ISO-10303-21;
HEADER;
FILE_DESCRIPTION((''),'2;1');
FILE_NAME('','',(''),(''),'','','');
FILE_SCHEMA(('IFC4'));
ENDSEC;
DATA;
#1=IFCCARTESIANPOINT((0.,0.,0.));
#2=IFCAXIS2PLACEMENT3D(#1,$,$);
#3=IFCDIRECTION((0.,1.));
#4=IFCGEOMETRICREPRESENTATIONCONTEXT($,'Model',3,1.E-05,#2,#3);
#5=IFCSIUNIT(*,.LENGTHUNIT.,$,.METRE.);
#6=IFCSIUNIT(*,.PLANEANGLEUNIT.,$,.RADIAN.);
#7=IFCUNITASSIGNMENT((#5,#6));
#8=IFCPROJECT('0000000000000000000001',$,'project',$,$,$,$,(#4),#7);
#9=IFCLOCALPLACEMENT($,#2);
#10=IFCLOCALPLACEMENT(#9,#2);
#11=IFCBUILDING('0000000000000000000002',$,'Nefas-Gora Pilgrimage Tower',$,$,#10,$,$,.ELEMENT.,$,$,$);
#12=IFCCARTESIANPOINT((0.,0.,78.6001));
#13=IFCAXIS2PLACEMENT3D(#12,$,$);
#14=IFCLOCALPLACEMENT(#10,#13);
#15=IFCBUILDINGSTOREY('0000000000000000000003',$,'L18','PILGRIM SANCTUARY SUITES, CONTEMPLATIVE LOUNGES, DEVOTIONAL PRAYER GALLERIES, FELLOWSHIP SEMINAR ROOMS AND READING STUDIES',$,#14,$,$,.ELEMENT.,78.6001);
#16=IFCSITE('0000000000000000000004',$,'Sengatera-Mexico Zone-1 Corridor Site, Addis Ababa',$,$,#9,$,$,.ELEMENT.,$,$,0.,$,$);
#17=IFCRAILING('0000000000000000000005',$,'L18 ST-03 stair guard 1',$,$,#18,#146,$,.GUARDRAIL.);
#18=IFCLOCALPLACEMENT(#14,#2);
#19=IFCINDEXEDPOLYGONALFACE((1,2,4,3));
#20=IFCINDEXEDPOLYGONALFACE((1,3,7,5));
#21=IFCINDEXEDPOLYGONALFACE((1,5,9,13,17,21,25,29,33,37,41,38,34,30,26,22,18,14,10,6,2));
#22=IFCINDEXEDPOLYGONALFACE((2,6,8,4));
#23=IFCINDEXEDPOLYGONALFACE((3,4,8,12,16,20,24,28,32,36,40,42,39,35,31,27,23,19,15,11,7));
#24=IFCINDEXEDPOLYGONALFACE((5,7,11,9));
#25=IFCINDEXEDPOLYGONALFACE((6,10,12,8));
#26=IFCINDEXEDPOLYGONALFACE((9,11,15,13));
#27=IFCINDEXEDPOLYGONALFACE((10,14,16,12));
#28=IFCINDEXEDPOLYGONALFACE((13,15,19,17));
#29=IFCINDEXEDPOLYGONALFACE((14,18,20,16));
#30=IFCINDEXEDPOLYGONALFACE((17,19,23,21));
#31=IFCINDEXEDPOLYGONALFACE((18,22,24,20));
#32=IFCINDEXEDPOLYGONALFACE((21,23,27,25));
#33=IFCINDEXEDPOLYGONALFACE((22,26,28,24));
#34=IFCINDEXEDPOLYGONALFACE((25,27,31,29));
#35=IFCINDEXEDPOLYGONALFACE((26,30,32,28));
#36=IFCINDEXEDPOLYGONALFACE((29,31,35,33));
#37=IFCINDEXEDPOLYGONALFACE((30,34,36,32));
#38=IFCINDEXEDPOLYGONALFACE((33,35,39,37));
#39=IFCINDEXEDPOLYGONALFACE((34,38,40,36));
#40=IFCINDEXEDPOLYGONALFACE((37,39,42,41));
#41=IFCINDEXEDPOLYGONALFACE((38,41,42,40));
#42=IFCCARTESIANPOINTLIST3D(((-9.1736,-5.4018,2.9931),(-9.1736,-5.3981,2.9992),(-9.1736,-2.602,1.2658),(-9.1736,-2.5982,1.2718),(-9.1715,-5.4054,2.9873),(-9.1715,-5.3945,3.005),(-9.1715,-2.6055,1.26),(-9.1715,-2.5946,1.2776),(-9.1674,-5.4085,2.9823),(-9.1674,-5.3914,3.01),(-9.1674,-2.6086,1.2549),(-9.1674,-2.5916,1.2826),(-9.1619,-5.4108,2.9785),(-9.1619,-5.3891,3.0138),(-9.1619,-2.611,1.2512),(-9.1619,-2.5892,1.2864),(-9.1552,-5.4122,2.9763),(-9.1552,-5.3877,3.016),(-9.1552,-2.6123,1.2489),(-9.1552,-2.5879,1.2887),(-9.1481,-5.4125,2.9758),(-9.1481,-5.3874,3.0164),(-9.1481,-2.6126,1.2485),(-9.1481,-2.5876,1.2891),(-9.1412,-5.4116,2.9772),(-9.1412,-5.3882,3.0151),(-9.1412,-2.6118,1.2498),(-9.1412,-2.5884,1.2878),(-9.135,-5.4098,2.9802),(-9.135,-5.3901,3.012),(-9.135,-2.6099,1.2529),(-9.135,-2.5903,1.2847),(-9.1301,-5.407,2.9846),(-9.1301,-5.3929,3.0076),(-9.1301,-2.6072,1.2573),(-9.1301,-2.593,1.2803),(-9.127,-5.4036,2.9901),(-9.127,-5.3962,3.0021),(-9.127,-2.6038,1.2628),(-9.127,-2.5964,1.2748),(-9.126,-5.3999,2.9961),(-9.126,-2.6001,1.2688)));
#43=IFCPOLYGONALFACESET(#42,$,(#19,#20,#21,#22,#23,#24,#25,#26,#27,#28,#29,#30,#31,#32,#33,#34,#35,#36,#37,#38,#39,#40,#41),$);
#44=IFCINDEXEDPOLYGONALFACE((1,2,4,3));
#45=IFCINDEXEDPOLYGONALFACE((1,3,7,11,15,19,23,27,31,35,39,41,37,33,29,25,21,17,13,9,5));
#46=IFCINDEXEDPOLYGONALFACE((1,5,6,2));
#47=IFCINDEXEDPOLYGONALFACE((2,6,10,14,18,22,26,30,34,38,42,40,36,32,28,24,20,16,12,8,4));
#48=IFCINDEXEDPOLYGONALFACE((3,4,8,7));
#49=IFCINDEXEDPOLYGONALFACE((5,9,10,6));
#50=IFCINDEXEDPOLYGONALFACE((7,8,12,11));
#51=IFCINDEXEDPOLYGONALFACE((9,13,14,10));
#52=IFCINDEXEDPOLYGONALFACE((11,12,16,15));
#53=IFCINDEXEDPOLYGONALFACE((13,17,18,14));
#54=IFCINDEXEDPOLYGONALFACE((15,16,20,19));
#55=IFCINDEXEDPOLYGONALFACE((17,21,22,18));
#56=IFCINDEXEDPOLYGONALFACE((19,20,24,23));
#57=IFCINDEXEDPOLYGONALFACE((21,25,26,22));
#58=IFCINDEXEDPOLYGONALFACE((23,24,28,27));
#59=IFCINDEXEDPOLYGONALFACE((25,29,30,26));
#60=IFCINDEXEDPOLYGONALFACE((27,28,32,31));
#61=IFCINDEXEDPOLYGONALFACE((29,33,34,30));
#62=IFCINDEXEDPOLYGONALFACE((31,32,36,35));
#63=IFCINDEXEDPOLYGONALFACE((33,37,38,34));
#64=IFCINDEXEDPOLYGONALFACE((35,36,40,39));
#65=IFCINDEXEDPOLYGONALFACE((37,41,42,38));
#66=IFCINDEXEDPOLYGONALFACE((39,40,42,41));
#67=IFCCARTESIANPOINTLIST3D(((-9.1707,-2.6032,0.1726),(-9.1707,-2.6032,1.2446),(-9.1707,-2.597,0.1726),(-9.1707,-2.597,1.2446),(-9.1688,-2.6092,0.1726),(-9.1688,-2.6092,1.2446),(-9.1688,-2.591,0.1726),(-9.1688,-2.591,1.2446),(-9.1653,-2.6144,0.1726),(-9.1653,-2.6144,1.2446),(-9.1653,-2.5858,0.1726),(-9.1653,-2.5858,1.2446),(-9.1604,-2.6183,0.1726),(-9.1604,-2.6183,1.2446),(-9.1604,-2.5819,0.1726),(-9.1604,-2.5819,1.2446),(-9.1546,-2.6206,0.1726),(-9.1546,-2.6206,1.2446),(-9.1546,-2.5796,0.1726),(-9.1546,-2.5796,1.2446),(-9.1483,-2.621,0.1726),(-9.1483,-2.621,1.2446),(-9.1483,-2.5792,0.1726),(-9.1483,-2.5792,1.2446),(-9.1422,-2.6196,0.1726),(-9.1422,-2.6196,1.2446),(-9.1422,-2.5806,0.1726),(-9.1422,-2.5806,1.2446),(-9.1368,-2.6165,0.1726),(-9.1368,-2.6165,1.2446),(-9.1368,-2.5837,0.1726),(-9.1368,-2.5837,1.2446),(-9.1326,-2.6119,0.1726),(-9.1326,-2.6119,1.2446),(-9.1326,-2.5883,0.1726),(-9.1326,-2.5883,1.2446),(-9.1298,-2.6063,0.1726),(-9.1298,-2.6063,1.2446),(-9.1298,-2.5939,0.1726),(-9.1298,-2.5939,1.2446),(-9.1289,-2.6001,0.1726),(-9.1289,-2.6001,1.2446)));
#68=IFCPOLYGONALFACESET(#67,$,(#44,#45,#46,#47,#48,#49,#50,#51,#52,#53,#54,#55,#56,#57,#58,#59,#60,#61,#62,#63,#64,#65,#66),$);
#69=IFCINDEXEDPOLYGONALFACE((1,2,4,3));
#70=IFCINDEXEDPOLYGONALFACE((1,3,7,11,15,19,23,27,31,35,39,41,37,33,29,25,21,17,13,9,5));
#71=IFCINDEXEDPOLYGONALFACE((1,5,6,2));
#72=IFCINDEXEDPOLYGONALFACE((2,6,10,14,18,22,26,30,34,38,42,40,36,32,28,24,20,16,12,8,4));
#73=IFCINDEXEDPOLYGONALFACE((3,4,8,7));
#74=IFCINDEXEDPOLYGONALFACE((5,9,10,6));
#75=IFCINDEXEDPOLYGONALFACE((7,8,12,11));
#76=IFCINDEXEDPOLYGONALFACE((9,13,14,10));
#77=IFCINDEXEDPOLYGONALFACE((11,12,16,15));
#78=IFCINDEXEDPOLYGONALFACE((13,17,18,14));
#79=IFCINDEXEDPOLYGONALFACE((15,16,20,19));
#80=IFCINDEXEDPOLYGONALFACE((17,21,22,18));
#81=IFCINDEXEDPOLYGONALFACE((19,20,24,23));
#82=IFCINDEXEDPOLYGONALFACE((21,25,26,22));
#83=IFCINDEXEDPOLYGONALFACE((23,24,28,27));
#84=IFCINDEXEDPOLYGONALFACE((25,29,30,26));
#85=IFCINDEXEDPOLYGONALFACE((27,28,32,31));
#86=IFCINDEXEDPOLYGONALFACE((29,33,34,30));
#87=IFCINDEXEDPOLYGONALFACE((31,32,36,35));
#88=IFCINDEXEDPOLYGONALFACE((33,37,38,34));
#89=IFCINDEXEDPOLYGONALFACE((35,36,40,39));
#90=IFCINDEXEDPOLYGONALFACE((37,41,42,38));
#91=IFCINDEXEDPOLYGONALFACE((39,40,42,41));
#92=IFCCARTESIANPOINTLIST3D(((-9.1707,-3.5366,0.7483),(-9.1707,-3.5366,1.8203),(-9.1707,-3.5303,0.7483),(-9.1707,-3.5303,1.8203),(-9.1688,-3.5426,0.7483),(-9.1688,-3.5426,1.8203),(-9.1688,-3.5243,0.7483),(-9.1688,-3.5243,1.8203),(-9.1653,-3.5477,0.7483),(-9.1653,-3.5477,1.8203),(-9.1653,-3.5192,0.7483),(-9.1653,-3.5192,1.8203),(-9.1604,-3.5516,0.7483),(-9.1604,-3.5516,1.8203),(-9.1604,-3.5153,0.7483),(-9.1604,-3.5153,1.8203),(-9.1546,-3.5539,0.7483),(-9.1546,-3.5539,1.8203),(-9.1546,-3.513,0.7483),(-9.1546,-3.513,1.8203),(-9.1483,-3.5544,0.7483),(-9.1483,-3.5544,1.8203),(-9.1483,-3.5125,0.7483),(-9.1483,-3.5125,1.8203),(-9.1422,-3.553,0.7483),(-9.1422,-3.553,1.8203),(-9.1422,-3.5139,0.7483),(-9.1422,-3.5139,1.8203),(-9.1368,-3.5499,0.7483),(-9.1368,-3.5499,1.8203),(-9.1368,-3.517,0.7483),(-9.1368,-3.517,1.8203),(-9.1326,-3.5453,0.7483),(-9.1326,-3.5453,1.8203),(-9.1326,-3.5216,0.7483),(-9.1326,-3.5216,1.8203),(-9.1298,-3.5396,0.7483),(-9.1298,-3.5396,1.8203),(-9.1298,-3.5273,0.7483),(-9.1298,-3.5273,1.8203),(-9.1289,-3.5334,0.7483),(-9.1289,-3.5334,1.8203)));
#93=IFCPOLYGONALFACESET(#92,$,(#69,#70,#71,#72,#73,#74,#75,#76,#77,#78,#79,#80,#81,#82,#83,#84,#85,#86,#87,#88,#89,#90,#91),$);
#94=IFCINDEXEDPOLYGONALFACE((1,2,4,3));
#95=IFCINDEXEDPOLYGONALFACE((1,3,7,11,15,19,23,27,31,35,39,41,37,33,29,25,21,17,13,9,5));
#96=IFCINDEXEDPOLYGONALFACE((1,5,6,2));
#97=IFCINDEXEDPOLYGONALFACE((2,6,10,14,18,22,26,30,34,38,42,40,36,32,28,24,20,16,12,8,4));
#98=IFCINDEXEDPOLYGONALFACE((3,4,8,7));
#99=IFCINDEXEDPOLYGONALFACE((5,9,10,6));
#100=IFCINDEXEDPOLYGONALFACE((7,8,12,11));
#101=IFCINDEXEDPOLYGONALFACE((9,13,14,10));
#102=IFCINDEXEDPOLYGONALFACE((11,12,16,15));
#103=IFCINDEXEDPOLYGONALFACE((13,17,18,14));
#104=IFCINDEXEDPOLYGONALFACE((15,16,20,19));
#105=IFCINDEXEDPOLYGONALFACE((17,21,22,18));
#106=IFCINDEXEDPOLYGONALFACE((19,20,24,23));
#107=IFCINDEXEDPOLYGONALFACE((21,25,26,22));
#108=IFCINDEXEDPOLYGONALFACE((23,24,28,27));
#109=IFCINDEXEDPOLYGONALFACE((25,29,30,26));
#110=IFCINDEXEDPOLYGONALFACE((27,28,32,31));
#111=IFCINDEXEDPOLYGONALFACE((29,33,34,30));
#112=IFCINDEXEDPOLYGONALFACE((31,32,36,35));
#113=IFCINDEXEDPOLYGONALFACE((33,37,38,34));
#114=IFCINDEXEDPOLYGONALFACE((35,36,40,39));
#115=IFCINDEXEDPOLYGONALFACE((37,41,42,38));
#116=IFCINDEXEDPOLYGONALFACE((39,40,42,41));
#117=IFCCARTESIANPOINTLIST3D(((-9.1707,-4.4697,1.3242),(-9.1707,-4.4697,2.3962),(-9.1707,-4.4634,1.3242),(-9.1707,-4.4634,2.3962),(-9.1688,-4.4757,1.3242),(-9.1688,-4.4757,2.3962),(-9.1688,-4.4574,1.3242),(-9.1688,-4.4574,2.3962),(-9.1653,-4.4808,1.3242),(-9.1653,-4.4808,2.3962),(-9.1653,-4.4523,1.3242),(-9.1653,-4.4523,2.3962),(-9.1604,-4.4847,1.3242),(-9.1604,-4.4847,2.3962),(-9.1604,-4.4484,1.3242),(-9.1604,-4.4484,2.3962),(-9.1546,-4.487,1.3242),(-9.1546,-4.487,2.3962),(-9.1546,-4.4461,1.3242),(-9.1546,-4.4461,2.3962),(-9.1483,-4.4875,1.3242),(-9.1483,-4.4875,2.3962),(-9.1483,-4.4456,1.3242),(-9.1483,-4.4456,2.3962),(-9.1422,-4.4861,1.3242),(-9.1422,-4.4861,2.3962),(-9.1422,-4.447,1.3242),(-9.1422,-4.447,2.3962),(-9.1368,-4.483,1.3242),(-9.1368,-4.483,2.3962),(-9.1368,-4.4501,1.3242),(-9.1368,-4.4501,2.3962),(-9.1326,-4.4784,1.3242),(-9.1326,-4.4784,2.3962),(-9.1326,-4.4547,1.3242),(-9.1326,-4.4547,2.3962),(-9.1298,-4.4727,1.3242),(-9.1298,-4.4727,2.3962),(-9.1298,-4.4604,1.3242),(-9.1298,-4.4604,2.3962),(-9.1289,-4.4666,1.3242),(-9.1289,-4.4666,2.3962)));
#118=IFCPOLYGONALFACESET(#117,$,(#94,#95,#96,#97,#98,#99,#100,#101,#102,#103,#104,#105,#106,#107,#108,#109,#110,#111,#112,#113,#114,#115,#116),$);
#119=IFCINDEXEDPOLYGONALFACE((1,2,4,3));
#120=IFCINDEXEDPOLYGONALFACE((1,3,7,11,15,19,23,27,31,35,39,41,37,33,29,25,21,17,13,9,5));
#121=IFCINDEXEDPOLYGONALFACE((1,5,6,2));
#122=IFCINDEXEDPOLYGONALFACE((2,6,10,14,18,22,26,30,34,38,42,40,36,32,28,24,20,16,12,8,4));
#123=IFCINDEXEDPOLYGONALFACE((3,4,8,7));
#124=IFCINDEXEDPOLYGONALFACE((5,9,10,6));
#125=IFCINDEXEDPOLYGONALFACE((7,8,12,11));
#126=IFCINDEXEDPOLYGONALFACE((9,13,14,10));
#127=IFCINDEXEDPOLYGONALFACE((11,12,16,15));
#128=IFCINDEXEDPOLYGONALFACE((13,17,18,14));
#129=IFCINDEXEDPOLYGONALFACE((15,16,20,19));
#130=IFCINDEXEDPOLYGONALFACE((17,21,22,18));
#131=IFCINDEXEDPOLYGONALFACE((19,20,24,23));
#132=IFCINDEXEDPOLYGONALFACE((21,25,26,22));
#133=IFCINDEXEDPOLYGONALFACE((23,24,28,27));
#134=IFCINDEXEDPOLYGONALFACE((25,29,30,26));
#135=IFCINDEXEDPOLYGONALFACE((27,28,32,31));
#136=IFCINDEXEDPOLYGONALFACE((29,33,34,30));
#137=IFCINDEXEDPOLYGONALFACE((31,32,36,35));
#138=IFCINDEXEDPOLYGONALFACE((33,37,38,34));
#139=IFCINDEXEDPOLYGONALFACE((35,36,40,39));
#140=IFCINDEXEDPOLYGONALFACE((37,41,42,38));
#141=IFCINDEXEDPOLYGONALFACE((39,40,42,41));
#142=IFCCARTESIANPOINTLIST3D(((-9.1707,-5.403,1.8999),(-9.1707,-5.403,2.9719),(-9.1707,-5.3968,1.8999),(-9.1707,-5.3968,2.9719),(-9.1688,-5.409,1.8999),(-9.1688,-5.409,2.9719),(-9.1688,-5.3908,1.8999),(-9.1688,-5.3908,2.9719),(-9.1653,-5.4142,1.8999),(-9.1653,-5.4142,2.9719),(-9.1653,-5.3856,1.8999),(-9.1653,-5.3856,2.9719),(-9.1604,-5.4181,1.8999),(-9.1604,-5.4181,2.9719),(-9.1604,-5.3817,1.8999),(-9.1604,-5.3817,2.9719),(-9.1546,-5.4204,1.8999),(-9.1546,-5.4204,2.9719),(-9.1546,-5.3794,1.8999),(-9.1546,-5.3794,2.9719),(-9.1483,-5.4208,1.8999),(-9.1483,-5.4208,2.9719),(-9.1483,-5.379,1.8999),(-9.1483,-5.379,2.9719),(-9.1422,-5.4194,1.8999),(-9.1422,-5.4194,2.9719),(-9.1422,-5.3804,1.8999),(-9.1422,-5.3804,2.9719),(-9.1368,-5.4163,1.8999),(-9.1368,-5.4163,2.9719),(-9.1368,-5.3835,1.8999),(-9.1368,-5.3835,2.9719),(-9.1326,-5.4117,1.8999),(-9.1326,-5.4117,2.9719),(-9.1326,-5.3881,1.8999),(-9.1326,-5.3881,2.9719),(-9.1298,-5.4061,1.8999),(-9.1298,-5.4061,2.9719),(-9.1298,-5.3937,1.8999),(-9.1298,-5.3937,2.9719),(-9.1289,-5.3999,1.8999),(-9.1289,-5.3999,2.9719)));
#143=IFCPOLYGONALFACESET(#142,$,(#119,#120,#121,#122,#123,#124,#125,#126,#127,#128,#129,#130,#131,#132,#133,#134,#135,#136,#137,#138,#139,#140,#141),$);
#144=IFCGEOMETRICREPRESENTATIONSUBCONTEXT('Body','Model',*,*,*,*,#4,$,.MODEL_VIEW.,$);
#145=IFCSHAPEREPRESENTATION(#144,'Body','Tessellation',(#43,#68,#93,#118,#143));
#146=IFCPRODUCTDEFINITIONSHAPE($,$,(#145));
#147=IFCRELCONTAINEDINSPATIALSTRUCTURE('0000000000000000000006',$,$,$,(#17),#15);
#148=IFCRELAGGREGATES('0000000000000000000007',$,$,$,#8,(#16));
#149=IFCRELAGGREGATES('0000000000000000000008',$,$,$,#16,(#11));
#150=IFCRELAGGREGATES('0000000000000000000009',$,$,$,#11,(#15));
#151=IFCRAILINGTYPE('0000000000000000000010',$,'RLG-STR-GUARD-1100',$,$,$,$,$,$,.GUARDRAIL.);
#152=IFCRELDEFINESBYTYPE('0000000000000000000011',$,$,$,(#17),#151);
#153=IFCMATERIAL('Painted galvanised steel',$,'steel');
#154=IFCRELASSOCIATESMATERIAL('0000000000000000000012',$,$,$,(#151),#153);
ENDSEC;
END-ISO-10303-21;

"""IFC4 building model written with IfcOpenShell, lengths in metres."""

from ifc_helpers import new_model, si_unit, direction, frame, origin, origin_2d, place, context, subcontext, project, spatial, circle, extrude, material, type_object, element, save


model = new_model("IFC4")

# Units and contexts
model_context = context("Model", 3, precision=1e-05, world=origin(), true_north=direction((0.0, 1.0)))
body_context = subcontext(model_context, "Body", "Model", "MODEL_VIEW")
ifc_project = project(units=[si_unit("LENGTHUNIT", "METRE"), si_unit("PLANEANGLEUNIT", "RADIAN")], contexts=[model_context])

# Site, building, storey
site_placement = place(None, origin())
site = spatial("IfcSite", under=ifc_project, at=site_placement, Name="Sengatera-Mexico Zone-1 Corridor Site, Addis Ababa", CompositionType="ELEMENT", RefElevation=0.0)
building_placement = place(site_placement, origin())
building = spatial("IfcBuilding", under=site, at=building_placement, Name="Nefas-Gora Pilgrimage Tower", CompositionType="ELEMENT")
storey_placement = place(building_placement, frame((0.0, 0.0, 78.6001)))
storey = spatial("IfcBuildingStorey", under=building, at=storey_placement, Name="L18", Description="PILGRIM SANCTUARY SUITES, CONTEMPLATIVE LOUNGES, DEVOTIONAL PRAYER GALLERIES, FELLOWSHIP SEMINAR ROOMS AND READING STUDIES", CompositionType="ELEMENT", Elevation=78.6001)

# Railing
ifc_material_1 = material(Name="Painted galvanised steel", Category="steel")
railing_type_1 = type_object("IfcRailingType", Name="RLG-STR-GUARD-1100", PredefinedType="GUARDRAIL", material=ifc_material_1)
railing_1_placement = place(storey_placement, frame((-9.1499, -2.6001, 0.1726)))
element("IfcRailing", 1, at=railing_1_placement, inside=storey, type_object=railing_type_1, Name="L18 ST-03 stair guard 1", PredefinedType="GUARDRAIL", context=body_context, shape_type="SweptSolid", body=[
    extrude(circle(Radius=0.0239, at=origin_2d()), frame((0.0, 0.0, 1.0962), z_axis=(0.0, -0.851069, 0.525054), x_axis=(1.0, 0.0, 0.0)), (0.0, 0.0, 1.0), 3.2898),
    extrude(circle(Radius=0.021, at=origin_2d()), origin(), (0.0, 0.0, 1.0), 1.072),
    extrude(circle(Radius=0.021, at=origin_2d()), frame((0.0, -0.9333, 0.5757)), (0.0, 0.0, 1.0), 1.072),
    extrude(circle(Radius=0.021, at=origin_2d()), frame((0.0, -1.8665, 1.1516)), (0.0, 0.0, 1.0), 1.072),
    extrude(circle(Radius=0.021, at=origin_2d()), frame((0.0, -2.7998, 1.7273)), (0.0, 0.0, 1.0), 1.072),
])

save(model, "model.ifc")
